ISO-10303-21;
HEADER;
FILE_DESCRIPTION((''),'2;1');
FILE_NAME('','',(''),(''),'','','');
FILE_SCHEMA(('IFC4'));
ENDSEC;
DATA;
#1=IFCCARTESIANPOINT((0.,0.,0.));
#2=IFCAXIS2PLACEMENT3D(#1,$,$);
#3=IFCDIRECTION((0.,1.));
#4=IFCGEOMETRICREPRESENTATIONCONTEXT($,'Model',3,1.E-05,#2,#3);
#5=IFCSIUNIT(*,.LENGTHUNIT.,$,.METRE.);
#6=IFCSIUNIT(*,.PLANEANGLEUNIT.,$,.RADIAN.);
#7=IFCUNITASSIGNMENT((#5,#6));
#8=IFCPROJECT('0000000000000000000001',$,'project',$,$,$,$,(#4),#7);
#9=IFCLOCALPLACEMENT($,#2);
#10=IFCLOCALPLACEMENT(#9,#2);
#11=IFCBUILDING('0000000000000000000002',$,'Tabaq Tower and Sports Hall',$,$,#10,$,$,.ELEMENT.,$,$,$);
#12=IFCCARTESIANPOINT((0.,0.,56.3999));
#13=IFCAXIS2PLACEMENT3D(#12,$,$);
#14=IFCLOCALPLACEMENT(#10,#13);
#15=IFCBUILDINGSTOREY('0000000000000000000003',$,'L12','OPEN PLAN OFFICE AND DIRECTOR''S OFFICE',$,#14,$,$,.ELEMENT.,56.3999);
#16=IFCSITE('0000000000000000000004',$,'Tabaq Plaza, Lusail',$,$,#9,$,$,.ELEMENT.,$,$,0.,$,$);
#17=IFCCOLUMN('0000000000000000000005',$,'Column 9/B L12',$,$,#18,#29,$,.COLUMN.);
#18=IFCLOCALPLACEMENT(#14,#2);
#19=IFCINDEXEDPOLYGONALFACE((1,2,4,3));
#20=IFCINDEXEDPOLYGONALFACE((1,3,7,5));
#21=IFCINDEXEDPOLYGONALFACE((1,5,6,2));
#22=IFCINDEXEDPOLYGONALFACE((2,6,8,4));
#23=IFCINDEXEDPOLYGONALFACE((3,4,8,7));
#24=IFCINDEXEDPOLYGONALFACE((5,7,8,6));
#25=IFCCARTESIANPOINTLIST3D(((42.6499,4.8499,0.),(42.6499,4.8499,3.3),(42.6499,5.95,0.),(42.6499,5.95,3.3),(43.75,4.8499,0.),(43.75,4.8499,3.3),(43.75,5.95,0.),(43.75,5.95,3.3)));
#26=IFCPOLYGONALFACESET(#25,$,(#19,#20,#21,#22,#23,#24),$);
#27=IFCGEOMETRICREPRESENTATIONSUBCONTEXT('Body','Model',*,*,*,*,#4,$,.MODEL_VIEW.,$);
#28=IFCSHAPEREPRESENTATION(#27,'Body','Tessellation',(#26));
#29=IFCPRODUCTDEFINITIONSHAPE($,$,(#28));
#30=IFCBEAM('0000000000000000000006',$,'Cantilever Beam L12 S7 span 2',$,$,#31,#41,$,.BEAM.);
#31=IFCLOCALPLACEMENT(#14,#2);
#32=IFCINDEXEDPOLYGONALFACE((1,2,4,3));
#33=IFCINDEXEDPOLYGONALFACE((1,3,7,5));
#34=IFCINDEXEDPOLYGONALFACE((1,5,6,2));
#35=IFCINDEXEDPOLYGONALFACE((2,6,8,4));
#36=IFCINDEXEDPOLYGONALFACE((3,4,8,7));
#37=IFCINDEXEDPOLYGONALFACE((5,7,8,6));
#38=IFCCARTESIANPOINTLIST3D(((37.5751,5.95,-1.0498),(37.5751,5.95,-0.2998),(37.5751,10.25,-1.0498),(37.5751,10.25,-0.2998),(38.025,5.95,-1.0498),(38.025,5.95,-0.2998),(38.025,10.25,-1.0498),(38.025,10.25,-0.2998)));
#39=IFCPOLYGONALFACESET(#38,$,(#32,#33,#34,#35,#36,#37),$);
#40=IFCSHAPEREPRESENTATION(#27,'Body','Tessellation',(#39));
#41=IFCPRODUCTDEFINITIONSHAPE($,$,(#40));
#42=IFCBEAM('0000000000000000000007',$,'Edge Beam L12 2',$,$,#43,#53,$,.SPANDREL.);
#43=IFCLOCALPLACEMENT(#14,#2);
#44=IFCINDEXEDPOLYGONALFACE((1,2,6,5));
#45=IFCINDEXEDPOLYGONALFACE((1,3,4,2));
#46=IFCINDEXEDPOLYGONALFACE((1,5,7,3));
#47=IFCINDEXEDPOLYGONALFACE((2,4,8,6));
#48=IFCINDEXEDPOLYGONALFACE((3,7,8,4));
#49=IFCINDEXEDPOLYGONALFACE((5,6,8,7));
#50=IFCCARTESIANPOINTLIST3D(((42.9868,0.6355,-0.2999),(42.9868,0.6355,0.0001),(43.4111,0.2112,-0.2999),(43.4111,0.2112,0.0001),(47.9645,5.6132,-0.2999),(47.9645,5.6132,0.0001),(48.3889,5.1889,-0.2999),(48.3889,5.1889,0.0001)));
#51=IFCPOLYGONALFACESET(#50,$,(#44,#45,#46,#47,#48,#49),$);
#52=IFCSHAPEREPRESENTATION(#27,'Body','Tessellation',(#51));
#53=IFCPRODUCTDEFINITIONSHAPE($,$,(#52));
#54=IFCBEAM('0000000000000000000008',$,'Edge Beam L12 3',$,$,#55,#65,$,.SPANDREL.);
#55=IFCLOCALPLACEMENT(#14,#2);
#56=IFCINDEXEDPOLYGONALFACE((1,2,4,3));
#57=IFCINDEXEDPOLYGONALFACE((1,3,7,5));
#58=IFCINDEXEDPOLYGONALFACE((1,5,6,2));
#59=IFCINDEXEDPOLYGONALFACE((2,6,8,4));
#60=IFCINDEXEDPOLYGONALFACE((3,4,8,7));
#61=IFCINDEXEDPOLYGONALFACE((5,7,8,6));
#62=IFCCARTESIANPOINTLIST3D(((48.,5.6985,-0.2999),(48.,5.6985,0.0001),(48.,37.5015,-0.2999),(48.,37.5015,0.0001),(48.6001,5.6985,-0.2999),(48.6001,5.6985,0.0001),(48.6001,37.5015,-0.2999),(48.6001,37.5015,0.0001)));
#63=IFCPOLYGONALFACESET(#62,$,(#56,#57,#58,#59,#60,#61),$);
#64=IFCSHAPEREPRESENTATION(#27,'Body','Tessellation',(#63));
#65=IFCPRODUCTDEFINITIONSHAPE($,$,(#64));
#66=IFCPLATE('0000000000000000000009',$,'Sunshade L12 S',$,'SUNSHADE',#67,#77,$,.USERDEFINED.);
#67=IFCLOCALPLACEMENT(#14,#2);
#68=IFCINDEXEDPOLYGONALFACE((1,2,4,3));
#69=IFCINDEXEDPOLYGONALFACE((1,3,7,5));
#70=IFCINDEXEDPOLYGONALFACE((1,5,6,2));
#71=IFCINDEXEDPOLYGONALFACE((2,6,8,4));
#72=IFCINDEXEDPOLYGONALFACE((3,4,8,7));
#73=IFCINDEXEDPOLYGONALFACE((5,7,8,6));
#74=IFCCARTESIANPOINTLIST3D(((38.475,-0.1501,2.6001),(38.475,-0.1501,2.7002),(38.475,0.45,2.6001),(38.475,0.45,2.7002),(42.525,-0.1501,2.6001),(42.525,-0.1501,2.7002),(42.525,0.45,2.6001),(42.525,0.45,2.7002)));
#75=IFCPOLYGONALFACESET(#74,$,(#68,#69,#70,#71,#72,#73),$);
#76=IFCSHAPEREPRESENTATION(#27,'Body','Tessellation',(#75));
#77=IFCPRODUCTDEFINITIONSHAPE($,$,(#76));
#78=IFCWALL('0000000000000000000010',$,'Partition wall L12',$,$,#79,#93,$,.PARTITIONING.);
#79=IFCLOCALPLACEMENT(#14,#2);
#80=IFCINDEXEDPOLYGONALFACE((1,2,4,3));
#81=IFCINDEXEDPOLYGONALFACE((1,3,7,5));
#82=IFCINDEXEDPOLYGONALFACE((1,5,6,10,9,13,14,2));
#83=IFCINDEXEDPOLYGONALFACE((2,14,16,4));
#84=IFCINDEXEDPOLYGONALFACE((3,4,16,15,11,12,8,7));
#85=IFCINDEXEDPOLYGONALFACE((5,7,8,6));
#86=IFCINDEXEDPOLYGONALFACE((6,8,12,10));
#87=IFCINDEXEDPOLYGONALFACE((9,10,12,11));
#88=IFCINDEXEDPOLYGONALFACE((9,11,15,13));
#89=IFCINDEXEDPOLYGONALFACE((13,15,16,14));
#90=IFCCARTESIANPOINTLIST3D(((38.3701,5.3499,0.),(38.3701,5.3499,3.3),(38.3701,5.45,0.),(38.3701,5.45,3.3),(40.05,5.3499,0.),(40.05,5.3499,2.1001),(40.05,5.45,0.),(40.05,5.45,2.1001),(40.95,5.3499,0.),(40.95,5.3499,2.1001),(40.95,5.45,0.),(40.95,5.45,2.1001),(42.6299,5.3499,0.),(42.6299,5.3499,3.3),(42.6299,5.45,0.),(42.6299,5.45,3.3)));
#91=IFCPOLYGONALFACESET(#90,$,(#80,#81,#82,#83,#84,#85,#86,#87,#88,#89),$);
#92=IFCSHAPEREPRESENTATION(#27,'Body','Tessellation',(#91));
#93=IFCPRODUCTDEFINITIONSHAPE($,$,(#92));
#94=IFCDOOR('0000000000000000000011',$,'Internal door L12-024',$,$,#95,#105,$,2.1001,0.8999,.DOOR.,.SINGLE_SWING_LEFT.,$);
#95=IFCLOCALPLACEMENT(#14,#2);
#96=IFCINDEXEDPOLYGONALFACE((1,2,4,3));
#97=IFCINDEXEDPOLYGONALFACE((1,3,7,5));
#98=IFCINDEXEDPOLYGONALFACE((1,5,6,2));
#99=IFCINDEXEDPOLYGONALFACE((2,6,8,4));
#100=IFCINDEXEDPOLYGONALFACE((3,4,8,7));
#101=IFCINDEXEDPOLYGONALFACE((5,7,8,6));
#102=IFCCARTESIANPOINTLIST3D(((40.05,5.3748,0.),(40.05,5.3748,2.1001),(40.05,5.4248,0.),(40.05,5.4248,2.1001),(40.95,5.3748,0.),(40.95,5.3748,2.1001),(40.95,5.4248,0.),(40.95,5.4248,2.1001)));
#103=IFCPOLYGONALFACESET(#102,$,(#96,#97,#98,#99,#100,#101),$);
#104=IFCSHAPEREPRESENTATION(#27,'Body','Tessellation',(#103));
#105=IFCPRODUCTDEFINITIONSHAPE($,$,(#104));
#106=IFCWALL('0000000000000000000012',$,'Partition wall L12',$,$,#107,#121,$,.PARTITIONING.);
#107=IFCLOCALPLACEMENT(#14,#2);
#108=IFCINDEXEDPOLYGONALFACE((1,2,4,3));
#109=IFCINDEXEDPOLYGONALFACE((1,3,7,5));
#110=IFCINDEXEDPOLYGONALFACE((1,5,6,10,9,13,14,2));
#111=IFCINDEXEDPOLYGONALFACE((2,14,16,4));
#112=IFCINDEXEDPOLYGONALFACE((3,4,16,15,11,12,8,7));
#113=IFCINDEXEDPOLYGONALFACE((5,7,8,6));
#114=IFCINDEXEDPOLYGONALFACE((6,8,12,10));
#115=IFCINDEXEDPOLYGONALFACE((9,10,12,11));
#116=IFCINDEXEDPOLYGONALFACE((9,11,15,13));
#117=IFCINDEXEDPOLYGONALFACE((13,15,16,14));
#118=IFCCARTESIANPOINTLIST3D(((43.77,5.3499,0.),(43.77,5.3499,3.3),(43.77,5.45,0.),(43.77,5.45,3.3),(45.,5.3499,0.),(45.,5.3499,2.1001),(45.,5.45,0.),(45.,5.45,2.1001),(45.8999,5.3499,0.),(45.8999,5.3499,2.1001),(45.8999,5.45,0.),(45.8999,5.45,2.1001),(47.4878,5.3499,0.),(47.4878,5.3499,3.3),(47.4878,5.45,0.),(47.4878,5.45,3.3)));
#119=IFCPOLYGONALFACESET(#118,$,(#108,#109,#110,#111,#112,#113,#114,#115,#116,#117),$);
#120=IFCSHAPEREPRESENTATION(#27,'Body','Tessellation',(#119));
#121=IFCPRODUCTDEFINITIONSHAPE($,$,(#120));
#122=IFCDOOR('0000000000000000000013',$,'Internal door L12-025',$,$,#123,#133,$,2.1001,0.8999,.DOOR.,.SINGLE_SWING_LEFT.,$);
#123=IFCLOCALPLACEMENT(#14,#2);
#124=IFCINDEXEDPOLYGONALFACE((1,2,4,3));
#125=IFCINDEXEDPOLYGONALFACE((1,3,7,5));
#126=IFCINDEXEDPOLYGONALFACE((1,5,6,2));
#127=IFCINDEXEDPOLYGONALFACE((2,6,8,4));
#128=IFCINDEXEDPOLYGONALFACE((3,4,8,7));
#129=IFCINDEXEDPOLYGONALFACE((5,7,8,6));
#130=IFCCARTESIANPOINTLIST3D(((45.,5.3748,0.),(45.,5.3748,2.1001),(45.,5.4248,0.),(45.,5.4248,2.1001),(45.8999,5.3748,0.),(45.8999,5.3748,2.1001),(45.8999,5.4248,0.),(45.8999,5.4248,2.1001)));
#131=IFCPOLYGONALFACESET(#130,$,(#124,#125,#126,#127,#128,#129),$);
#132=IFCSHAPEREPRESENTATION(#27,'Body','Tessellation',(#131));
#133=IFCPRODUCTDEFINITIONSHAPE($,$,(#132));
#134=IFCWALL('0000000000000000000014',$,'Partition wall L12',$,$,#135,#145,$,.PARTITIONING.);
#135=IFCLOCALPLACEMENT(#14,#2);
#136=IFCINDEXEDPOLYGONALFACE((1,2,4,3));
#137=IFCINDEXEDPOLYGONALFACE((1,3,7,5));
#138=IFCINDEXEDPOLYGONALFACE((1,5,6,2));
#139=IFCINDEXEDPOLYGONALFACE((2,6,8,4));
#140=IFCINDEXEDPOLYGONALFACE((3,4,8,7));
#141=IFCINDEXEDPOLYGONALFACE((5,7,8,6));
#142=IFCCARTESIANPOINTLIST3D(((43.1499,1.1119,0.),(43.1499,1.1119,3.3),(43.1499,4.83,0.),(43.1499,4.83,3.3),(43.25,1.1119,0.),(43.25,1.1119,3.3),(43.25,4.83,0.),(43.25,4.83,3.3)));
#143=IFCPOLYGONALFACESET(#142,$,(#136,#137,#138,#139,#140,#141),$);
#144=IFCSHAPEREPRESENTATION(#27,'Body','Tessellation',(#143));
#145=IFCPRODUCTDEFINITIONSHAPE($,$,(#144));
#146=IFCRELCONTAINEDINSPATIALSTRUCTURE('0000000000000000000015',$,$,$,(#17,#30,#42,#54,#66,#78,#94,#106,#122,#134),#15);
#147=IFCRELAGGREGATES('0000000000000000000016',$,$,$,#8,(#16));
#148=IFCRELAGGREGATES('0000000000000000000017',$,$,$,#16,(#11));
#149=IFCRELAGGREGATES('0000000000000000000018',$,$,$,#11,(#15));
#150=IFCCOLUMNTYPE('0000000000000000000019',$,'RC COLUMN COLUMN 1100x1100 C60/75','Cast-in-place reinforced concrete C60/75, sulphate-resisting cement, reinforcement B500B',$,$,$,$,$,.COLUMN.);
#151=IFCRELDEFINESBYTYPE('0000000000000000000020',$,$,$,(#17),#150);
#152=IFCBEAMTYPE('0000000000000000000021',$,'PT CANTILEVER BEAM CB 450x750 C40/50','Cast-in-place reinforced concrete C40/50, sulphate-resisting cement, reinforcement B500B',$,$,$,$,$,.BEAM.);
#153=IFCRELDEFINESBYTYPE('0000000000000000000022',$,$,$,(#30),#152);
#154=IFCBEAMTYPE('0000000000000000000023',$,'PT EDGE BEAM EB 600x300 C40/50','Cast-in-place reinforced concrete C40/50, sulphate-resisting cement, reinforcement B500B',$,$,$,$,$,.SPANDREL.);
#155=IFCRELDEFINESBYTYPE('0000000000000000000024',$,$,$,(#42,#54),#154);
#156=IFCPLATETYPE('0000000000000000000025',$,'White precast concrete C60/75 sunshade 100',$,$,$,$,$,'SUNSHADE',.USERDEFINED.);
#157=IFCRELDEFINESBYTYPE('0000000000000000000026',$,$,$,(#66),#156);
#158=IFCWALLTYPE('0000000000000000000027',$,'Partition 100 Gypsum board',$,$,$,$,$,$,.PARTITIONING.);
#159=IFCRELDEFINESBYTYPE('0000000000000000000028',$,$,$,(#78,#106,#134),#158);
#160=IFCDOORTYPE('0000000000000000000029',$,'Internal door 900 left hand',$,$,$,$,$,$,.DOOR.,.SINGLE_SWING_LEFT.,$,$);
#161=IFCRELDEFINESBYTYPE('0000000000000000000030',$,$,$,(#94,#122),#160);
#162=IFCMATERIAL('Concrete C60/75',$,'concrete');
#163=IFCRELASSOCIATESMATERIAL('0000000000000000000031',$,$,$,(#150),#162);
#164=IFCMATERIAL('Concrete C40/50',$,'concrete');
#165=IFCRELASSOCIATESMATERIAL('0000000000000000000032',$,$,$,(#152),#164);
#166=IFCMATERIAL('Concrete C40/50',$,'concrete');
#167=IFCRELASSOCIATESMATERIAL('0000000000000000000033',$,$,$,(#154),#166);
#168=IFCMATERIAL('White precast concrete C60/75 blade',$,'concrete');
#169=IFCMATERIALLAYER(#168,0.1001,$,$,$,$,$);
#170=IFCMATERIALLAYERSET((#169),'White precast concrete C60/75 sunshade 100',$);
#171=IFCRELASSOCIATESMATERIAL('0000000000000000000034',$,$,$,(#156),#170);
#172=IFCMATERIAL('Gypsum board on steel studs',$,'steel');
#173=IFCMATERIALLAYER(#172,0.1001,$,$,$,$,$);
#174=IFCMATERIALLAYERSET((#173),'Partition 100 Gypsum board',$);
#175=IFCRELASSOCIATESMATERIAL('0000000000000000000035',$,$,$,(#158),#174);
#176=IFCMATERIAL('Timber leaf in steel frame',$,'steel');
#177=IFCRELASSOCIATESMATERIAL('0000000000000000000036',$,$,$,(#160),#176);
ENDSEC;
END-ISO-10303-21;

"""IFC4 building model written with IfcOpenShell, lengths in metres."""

from ifc_helpers import new_model, si_unit, direction, frame, frame_2d, origin, origin_2d, place, context, subcontext, project, spatial, rectangle, extrude, material, layer, layer_set, material_profile, profile_set, type_object, element, fill, save


model = new_model("IFC4")

# Units and contexts
model_context = context("Model", 3, precision=1e-05, world=origin(), true_north=direction((0.0, 1.0)))
body_context = subcontext(model_context, "Body", "Model", "MODEL_VIEW")
ifc_project = project(units=[si_unit("LENGTHUNIT", "METRE"), si_unit("PLANEANGLEUNIT", "RADIAN")], contexts=[model_context])

# Site, building, storey
site_placement = place(None, origin())
site = spatial("IfcSite", under=ifc_project, at=site_placement, Name="Tabaq Plaza, Lusail", CompositionType="ELEMENT", RefElevation=0.0)
building_placement = place(site_placement, origin())
building = spatial("IfcBuilding", under=site, at=building_placement, Name="Tabaq Tower and Sports Hall", CompositionType="ELEMENT")
storey_placement = place(building_placement, frame((0.0, 0.0, 56.3999)))
storey = spatial("IfcBuildingStorey", under=building, at=storey_placement, Name="L12", Description="OPEN PLAN OFFICE AND DIRECTOR'S OFFICE", CompositionType="ELEMENT", Elevation=56.3999)

# Column
ifc_material_1 = material(Name="Concrete C60/75", Category="concrete")
ifc_material_profile_1 = material_profile(ifc_material_1, rectangle(XDim=1.1001, YDim=1.1001, at=origin_2d()), Name="COLUMN 1100x1100")
ifc_profile_set_1 = profile_set([ifc_material_profile_1], Name="Concrete C60/75")
column_type = type_object("IfcColumnType", Name="RC COLUMN COLUMN 1100x1100 C60/75", Description="Cast-in-place reinforced concrete C60/75, sulphate-resisting cement, reinforcement B500B", PredefinedType="COLUMN", material=ifc_profile_set_1)
column_placement = place(storey_placement, frame((43.2, 5.3999, 0.0), z_axis=(0.0, 0.0, 1.0), x_axis=(1.0, 0.0, 0.0)))
element("IfcColumn", 1, at=column_placement, inside=storey, type_object=column_type, Name="Column 9/B L12", PredefinedType="COLUMN", context=body_context, shape_type="SweptSolid", body=[
    extrude(rectangle(XDim=1.1001, YDim=1.1001, at=origin_2d()), origin(), (0.0, 0.0, 1.0), 3.3),
])

# Beams
ifc_material_2 = material(Name="Concrete C40/50", Category="concrete")
ifc_material_profile_2 = material_profile(ifc_material_2, rectangle(XDim=0.45, YDim=0.75, at=origin_2d()), Name="CB 450x750")
ifc_profile_set_2 = profile_set([ifc_material_profile_2], Name="Concrete C40/50")
beam_type_1 = type_object("IfcBeamType", Name="PT CANTILEVER BEAM CB 450x750 C40/50", Description="Cast-in-place reinforced concrete C40/50, sulphate-resisting cement, reinforcement B500B", PredefinedType="BEAM", material=ifc_profile_set_2)
beam_1_placement = place(storey_placement, frame((37.8, 5.95, -0.6748), z_axis=(0.0, 1.0, 0.0), x_axis=(-1.0, 0.0, 0.0)))
element("IfcBeam", 2, at=beam_1_placement, inside=storey, type_object=beam_type_1, Name="Cantilever Beam L12 S7 span 2", PredefinedType="BEAM", context=body_context, shape_type="SweptSolid", body=[
    extrude(rectangle(XDim=0.45, YDim=0.75, at=origin_2d()), origin(), (0.0, 0.0, 1.0), 4.3),
])
ifc_material_3 = material(Name="Concrete C40/50", Category="concrete")
ifc_material_profile_3 = material_profile(ifc_material_3, rectangle(XDim=0.6001, YDim=0.3, at=origin_2d()), Name="EB 600x300")
ifc_profile_set_3 = profile_set([ifc_material_profile_3], Name="Concrete C40/50")
beam_type_2 = type_object("IfcBeamType", Name="PT EDGE BEAM EB 600x300 C40/50", Description="Cast-in-place reinforced concrete C40/50, sulphate-resisting cement, reinforcement B500B", PredefinedType="SPANDREL", material=ifc_profile_set_3)
beam_2_placement = place(storey_placement, frame((43.199, 0.4233, -0.1499), z_axis=(0.707107, 0.707107, 0.0), x_axis=(-0.707107, 0.707107, 0.0)))
element("IfcBeam", 3, at=beam_2_placement, inside=storey, type_object=beam_type_2, Name="Edge Beam L12 2", PredefinedType="SPANDREL", context=body_context, shape_type="SweptSolid", body=[
    extrude(rectangle(XDim=0.6001, YDim=0.3, at=origin_2d()), origin(), (0.0, 0.0, 1.0), 7.0396),
])
beam_3_placement = place(storey_placement, frame((48.3, 5.6985, -0.1499), z_axis=(0.0, 1.0, 0.0), x_axis=(-1.0, 0.0, 0.0)))
element("IfcBeam", 4, at=beam_3_placement, inside=storey, type_object=beam_type_2, Name="Edge Beam L12 3", PredefinedType="SPANDREL", context=body_context, shape_type="SweptSolid", body=[
    extrude(rectangle(XDim=0.6001, YDim=0.3, at=origin_2d()), origin(), (0.0, 0.0, 1.0), 31.803),
])

# Plate
ifc_material_4 = material(Name="White precast concrete C60/75 blade", Category="concrete")
ifc_layer_1 = layer(ifc_material_4, 0.1001)
ifc_layer_set_1 = layer_set([ifc_layer_1], Name="White precast concrete C60/75 sunshade 100")
plate_type = type_object("IfcPlateType", Name="White precast concrete C60/75 sunshade 100", ElementType="SUNSHADE", PredefinedType="USERDEFINED", material=ifc_layer_set_1)
plate_placement = place(storey_placement, frame((40.5, 0.1499, 2.6001), z_axis=(0.0, 0.0, 1.0), x_axis=(1.0, 0.0, 0.0)))
element("IfcPlate", 5, at=plate_placement, inside=storey, type_object=plate_type, Name="Sunshade L12 S", ObjectType="SUNSHADE", PredefinedType="USERDEFINED", context=body_context, shape_type="SweptSolid", body=[
    extrude(rectangle(XDim=4.05, YDim=0.6001, at=origin_2d()), origin(), (0.0, 0.0, 1.0), 0.1001),
])

# Walls, openings, doors
ifc_material_5 = material(Name="Gypsum board on steel studs", Category="steel")
ifc_layer_2 = layer(ifc_material_5, 0.1001)
ifc_layer_set_2 = layer_set([ifc_layer_2], Name="Partition 100 Gypsum board")
wall_type_1 = type_object("IfcWallType", Name="Partition 100 Gypsum board", PredefinedType="PARTITIONING", material=ifc_layer_set_2)
wall_1_placement = place(storey_placement, frame((38.3701, 5.3999, 0.0), z_axis=(0.0, 0.0, 1.0), x_axis=(1.0, 0.0, 0.0)))
wall_1 = element("IfcWall", 6, at=wall_1_placement, inside=storey, type_object=wall_type_1, Name="Partition wall L12", PredefinedType="PARTITIONING", context=body_context, shape_type="SweptSolid", body=[
    extrude(rectangle(XDim=4.2598, YDim=0.1001, at=frame_2d((2.1299, 0.0))), origin(), (0.0, 0.0, 1.0), 3.3),
])
opening_1_placement = place(wall_1_placement, frame((1.6799, 0.0, 0.0)))
opening_1 = element("IfcOpeningElement", 7, at=opening_1_placement, cuts=wall_1, PredefinedType="OPENING", context=body_context, shape_type="SweptSolid", body=[
    extrude(rectangle(XDim=0.8999, YDim=2.1001, at=frame_2d((0.45, 1.05))), frame((0.0, 0.05, 0.0), z_axis=(0.0, -1.0, 0.0), x_axis=(1.0, 0.0, 0.0)), (0.0, 0.0, 1.0), 0.1001),
])
ifc_material_6 = material(Name="Timber leaf in steel frame", Category="steel")
door_type = type_object("IfcDoorType", Name="Internal door 900 left hand", OperationType="SINGLE_SWING_LEFT", PredefinedType="DOOR", material=ifc_material_6)
door_1_placement = place(opening_1_placement, origin())
door_1 = element("IfcDoor", 8, at=door_1_placement, inside=storey, type_object=door_type, Name="Internal door L12-024", OperationType="SINGLE_SWING_LEFT", OverallHeight=2.1001, OverallWidth=0.8999, PredefinedType="DOOR", context=body_context, shape_type="SweptSolid", body=[
    extrude(rectangle(XDim=0.8999, YDim=2.1001, at=frame_2d((0.45, 1.05))), frame((0.0, 0.0249, 0.0), z_axis=(0.0, -1.0, 0.0), x_axis=(1.0, 0.0, 0.0)), (0.0, 0.0, 1.0), 0.05),
])
fill(opening_1, door_1)
wall_2_placement = place(storey_placement, frame((43.77, 5.3999, 0.0), z_axis=(0.0, 0.0, 1.0), x_axis=(1.0, 0.0, 0.0)))
wall_2 = element("IfcWall", 9, at=wall_2_placement, inside=storey, type_object=wall_type_1, Name="Partition wall L12", PredefinedType="PARTITIONING", context=body_context, shape_type="SweptSolid", body=[
    extrude(rectangle(XDim=3.7178, YDim=0.1001, at=frame_2d((1.8589, 0.0))), origin(), (0.0, 0.0, 1.0), 3.3),
])
opening_2_placement = place(wall_2_placement, frame((1.23, 0.0, 0.0)))
opening_2 = element("IfcOpeningElement", 10, at=opening_2_placement, cuts=wall_2, PredefinedType="OPENING", context=body_context, shape_type="SweptSolid", body=[
    extrude(rectangle(XDim=0.8999, YDim=2.1001, at=frame_2d((0.45, 1.05))), frame((0.0, 0.05, 0.0), z_axis=(0.0, -1.0, 0.0), x_axis=(1.0, 0.0, 0.0)), (0.0, 0.0, 1.0), 0.1001),
])
door_2_placement = place(opening_2_placement, origin())
door_2 = element("IfcDoor", 11, at=door_2_placement, inside=storey, type_object=door_type, Name="Internal door L12-025", OperationType="SINGLE_SWING_LEFT", OverallHeight=2.1001, OverallWidth=0.8999, PredefinedType="DOOR", context=body_context, shape_type="SweptSolid", body=[
    extrude(rectangle(XDim=0.8999, YDim=2.1001, at=frame_2d((0.45, 1.05))), frame((0.0, 0.0249, 0.0), z_axis=(0.0, -1.0, 0.0), x_axis=(1.0, 0.0, 0.0)), (0.0, 0.0, 1.0), 0.05),
])
fill(opening_2, door_2)

# Wall
wall_3_placement = place(storey_placement, frame((43.2, 1.1121, 0.0), z_axis=(0.0, 0.0, 1.0), x_axis=(0.0, 1.0, 0.0)))
element("IfcWall", 12, at=wall_3_placement, inside=storey, type_object=wall_type_1, Name="Partition wall L12", PredefinedType="PARTITIONING", context=body_context, shape_type="SweptSolid", body=[
    extrude(rectangle(XDim=3.718, YDim=0.1001, at=frame_2d((1.8589, 0.0))), origin(), (0.0, 0.0, 1.0), 3.3),
])

save(model, "model.ifc")
